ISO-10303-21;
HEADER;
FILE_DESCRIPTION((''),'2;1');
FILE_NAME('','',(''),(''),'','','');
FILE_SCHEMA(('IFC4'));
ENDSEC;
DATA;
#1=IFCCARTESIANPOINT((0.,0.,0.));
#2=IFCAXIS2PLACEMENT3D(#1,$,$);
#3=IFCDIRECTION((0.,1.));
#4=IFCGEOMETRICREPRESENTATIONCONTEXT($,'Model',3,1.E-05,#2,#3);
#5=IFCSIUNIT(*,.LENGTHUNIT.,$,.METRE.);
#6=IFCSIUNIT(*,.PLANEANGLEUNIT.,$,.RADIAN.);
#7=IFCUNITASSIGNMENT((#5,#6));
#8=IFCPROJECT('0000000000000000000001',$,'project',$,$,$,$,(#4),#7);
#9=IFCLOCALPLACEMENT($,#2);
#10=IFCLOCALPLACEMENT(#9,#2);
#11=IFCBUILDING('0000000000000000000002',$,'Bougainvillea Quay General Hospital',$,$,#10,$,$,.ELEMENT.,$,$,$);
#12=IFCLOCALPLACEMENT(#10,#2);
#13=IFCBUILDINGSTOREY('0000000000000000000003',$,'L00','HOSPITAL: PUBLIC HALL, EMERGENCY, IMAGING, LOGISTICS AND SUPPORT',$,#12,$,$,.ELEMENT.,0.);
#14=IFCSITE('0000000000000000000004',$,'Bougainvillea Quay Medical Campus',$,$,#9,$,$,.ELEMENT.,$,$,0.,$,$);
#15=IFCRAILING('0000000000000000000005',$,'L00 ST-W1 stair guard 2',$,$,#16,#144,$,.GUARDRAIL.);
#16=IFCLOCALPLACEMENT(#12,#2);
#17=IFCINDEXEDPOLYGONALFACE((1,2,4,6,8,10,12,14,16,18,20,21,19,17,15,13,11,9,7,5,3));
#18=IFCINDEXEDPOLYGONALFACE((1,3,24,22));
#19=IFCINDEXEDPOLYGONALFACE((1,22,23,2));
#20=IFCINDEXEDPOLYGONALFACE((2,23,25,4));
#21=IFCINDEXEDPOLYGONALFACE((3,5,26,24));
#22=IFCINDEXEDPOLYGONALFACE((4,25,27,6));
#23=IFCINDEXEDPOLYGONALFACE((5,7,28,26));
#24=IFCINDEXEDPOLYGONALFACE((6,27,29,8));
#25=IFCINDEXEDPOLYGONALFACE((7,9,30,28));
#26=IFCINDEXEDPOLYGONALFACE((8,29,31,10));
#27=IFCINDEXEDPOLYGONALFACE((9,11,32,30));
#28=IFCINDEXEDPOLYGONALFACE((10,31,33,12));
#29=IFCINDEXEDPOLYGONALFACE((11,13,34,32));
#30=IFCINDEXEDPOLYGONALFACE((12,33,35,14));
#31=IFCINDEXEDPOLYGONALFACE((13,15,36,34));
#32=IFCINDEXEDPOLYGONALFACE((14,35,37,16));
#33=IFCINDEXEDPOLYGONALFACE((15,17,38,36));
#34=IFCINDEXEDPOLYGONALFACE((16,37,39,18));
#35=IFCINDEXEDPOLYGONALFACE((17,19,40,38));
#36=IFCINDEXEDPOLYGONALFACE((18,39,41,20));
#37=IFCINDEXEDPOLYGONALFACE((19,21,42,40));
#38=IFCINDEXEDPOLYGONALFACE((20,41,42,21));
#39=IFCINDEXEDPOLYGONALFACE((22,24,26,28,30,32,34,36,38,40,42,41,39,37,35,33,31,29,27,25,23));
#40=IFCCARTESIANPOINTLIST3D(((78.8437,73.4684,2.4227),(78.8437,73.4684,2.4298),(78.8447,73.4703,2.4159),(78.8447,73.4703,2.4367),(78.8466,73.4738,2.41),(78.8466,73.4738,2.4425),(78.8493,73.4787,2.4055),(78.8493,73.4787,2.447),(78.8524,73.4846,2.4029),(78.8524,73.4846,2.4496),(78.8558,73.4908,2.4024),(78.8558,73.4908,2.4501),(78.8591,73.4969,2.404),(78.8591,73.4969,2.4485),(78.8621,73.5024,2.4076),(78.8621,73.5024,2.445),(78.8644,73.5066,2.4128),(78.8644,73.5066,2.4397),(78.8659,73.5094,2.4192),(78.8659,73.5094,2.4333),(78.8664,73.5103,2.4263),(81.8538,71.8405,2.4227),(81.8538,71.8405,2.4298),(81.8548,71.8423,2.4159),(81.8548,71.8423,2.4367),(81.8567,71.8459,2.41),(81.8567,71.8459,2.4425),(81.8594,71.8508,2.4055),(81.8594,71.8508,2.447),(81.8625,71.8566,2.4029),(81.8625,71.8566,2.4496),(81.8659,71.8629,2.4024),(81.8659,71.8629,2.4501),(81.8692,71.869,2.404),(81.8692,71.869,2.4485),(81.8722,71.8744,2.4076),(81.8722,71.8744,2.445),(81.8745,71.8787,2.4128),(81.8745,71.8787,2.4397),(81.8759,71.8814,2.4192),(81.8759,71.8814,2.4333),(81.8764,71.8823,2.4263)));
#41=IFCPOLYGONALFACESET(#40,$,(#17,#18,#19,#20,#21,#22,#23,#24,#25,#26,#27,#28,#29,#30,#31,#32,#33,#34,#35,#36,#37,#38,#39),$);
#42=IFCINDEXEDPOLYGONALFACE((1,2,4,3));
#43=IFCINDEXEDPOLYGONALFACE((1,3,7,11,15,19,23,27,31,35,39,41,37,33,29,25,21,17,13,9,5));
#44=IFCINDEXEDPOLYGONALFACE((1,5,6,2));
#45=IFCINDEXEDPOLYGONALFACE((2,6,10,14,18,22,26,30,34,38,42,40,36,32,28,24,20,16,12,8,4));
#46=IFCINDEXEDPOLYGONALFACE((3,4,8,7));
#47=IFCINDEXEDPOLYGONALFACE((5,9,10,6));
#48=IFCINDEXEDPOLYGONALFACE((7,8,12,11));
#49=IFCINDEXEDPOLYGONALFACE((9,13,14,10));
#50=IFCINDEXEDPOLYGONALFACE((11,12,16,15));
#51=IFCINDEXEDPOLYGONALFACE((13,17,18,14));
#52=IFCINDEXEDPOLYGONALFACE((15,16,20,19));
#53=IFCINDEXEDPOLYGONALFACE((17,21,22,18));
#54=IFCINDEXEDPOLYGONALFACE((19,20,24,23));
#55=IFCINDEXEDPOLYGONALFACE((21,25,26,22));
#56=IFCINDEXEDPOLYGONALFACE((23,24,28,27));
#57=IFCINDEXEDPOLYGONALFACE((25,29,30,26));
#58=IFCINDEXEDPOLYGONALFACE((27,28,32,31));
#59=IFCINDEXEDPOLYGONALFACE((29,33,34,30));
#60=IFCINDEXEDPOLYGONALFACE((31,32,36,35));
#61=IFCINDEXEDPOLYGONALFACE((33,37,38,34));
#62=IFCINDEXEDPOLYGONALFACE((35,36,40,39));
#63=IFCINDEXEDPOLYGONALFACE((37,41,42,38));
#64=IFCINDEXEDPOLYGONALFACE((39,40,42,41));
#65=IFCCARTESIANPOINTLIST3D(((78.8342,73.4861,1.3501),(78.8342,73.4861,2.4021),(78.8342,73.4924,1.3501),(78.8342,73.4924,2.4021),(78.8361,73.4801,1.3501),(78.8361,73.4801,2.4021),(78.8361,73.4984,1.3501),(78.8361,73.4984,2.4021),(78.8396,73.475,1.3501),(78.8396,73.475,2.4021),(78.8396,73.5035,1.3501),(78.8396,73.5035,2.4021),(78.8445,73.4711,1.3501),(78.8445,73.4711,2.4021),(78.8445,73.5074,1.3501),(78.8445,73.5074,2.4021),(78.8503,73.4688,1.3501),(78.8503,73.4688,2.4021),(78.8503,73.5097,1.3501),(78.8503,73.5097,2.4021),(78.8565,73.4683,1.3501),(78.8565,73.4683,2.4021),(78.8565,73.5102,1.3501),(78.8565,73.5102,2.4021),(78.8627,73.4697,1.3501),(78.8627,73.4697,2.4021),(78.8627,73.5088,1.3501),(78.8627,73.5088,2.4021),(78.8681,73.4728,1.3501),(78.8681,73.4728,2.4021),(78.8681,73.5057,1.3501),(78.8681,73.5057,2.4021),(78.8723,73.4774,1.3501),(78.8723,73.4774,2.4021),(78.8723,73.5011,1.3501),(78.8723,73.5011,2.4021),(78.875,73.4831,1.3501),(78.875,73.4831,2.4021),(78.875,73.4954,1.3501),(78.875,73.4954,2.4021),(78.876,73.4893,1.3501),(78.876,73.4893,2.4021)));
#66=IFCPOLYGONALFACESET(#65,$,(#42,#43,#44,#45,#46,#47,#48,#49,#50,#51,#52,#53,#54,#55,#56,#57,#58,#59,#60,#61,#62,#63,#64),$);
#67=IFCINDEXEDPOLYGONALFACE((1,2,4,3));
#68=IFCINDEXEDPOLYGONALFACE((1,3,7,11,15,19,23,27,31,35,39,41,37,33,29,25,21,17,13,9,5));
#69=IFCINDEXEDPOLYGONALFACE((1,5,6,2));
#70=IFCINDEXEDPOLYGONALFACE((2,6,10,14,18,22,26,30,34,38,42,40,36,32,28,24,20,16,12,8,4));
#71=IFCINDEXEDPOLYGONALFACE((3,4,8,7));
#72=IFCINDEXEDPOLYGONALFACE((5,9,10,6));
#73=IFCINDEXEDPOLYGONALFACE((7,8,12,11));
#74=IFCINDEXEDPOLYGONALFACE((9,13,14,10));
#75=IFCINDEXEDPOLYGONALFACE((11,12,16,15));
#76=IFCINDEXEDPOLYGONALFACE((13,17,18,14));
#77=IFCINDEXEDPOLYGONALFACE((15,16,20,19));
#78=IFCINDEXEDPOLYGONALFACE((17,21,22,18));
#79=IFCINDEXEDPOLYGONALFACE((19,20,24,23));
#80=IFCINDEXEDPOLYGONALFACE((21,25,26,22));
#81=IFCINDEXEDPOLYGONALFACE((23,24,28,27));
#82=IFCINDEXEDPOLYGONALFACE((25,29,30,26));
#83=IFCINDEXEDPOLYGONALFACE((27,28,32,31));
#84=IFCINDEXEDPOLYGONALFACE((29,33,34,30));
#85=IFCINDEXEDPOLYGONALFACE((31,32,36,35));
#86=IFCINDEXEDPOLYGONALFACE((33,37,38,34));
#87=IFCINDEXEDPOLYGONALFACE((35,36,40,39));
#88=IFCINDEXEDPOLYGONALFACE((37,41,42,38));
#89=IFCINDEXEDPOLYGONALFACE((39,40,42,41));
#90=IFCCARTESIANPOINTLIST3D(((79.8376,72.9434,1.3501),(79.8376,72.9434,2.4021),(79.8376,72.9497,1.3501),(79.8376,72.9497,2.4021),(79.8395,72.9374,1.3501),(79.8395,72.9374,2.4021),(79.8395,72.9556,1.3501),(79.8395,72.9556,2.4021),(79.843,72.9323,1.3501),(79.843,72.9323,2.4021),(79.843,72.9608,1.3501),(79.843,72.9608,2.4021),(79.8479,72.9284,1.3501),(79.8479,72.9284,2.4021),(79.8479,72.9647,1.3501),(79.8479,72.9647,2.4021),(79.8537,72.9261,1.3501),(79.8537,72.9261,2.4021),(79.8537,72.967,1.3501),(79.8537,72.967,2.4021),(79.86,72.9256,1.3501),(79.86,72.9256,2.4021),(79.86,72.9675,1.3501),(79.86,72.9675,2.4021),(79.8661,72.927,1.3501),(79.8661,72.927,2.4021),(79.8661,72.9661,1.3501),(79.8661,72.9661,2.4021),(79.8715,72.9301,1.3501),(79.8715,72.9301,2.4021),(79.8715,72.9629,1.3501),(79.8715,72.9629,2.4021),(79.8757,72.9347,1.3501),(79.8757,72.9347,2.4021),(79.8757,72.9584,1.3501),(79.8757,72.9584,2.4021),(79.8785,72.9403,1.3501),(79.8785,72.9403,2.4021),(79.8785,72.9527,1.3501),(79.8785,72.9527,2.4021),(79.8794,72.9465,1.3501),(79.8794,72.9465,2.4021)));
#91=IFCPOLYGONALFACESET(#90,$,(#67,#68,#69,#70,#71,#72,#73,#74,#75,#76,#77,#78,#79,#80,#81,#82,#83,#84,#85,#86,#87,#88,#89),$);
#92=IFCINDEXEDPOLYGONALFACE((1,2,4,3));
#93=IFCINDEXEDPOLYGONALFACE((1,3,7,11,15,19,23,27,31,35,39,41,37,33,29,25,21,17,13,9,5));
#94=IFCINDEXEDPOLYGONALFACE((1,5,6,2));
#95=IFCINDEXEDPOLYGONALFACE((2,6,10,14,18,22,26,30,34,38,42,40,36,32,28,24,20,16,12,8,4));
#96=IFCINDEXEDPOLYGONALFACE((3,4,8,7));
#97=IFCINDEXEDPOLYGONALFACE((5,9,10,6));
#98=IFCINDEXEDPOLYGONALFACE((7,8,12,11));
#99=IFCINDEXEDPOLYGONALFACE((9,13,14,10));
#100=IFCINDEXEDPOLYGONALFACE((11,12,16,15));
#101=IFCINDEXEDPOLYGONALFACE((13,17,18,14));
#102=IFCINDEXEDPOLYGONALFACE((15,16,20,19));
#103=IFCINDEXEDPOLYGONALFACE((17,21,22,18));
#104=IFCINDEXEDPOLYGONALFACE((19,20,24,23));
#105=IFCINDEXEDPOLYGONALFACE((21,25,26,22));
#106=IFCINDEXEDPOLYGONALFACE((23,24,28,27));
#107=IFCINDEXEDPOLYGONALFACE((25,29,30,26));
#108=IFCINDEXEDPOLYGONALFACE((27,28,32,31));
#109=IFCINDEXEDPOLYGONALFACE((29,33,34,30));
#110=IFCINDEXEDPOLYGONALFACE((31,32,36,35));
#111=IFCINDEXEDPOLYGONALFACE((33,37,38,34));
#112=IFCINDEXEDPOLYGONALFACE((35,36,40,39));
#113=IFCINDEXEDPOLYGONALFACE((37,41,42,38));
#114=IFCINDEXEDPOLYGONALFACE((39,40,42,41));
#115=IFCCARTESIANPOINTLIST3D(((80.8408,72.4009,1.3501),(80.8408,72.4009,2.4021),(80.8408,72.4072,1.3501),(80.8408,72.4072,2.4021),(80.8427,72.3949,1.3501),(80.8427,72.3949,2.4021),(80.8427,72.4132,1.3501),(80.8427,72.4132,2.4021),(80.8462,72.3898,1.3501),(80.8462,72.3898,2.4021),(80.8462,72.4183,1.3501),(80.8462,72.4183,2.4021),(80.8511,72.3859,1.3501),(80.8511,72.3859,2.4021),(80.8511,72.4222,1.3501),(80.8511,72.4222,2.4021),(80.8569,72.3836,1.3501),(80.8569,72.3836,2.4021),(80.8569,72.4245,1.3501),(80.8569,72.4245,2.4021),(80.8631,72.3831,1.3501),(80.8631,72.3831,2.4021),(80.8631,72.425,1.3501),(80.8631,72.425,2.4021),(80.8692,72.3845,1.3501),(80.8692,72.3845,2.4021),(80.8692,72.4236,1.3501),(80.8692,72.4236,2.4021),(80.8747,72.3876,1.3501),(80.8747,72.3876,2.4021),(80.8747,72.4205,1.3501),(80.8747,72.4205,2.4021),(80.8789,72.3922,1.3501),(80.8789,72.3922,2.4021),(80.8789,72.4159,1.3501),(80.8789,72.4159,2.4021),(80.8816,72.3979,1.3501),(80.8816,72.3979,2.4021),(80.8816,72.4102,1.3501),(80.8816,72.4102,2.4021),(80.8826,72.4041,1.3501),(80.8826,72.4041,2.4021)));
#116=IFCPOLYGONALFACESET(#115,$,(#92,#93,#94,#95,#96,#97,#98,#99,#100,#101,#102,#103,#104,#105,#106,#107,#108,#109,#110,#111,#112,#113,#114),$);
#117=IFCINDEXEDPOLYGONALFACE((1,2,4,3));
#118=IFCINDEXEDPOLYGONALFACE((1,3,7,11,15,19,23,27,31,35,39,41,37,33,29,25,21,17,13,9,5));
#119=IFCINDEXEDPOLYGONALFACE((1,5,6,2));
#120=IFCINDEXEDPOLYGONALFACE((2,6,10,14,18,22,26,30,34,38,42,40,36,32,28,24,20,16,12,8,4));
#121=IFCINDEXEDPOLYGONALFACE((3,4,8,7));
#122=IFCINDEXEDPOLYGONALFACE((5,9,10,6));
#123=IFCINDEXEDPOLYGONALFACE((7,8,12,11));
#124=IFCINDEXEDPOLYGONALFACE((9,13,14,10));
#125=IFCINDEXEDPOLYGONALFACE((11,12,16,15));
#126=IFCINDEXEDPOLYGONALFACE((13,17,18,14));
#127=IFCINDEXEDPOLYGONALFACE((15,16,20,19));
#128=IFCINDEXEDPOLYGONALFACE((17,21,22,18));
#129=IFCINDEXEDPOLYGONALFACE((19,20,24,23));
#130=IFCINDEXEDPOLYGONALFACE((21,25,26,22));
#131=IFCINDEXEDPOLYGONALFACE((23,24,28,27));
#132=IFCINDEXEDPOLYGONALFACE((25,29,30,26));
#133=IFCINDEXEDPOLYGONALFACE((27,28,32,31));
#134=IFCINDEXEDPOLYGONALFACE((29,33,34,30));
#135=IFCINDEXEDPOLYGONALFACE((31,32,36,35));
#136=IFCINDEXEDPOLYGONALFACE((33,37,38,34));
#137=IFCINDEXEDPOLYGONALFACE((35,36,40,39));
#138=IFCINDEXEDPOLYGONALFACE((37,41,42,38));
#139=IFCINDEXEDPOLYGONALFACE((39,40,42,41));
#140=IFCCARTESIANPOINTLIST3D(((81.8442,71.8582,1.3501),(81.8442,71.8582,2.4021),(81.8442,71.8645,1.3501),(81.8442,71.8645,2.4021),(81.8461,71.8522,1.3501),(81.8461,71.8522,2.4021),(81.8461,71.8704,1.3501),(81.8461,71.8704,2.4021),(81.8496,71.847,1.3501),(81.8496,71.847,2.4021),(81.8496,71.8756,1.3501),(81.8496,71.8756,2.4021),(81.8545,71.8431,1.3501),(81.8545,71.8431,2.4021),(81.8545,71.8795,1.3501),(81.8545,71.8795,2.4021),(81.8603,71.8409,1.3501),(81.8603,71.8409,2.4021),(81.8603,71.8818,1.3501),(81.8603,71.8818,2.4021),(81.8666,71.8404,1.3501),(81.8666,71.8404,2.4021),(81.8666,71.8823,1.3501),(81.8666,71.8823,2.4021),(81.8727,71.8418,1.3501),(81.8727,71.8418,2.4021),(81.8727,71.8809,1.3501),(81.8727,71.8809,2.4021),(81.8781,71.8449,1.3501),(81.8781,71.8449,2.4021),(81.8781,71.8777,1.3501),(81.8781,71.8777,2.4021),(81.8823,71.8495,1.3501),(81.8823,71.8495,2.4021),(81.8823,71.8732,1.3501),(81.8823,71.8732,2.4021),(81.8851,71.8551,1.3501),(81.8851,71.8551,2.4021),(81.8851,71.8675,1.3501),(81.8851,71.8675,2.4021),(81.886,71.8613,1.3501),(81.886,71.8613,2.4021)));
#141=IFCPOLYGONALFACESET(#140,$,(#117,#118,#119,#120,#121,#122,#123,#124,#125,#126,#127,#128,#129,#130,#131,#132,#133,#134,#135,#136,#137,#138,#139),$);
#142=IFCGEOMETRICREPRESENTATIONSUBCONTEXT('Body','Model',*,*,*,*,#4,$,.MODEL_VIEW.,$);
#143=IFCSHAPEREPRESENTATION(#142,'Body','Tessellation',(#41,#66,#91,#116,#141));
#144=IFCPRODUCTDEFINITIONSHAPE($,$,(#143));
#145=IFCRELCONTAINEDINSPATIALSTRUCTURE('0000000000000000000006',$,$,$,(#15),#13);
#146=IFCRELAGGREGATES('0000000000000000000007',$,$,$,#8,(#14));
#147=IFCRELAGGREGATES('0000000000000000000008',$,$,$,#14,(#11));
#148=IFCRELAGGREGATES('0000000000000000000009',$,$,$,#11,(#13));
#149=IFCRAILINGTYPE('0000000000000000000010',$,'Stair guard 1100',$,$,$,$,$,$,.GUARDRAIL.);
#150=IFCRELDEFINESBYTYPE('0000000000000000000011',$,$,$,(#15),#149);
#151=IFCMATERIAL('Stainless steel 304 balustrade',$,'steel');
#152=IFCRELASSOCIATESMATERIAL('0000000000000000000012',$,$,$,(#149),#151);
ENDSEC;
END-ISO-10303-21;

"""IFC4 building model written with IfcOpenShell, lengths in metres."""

from ifc_helpers import new_model, si_unit, direction, frame, origin, origin_2d, place, context, subcontext, project, spatial, circle, extrude, material, type_object, element, save


model = new_model("IFC4")

# Units and contexts
model_context = context("Model", 3, precision=1e-05, world=origin(), true_north=direction((0.0, 1.0)))
body_context = subcontext(model_context, "Body", "Model", "MODEL_VIEW")
ifc_project = project(units=[si_unit("LENGTHUNIT", "METRE"), si_unit("PLANEANGLEUNIT", "RADIAN")], contexts=[model_context])

# Site, building, storey
site_placement = place(None, origin())
site = spatial("IfcSite", under=ifc_project, at=site_placement, Name="Bougainvillea Quay Medical Campus", CompositionType="ELEMENT", RefElevation=0.0)
building_placement = place(site_placement, origin())
building = spatial("IfcBuilding", under=site, at=building_placement, Name="Bougainvillea Quay General Hospital", CompositionType="ELEMENT")
storey_placement = place(building_placement, origin())
storey = spatial("IfcBuildingStorey", under=building, at=storey_placement, Name="L00", Description="HOSPITAL: PUBLIC HALL, EMERGENCY, IMAGING, LOGISTICS AND SUPPORT", CompositionType="ELEMENT", Elevation=0.0)

# Railing
ifc_material_1 = material(Name="Stainless steel 304 balustrade", Category="steel")
railing_type_1 = type_object("IfcRailingType", Name="Stair guard 1100", PredefinedType="GUARDRAIL", material=ifc_material_1)
railing_1_placement = place(storey_placement, frame((78.855, 73.4893, 1.3501)))
element("IfcRailing", 1, at=railing_1_placement, inside=storey, type_object=railing_type_1, Name="L00 ST-W1 stair guard 2", PredefinedType="GUARDRAIL", context=body_context, shape_type="SweptSolid", body=[
    extrude(circle(Radius=0.0239, at=origin_2d()), frame((0.0, 0.0, 1.0762), z_axis=(0.879597, -0.47572, 0.0), x_axis=(0.47572, 0.879597, 0.0)), (0.0, 0.0, 1.0), 3.4221),
    extrude(circle(Radius=0.021, at=origin_2d()), origin(), (0.0, 0.0, 1.0), 1.052),
    extrude(circle(Radius=0.021, at=origin_2d()), frame((1.0034, -0.5427, 0.0)), (0.0, 0.0, 1.0), 1.052),
    extrude(circle(Radius=0.021, at=origin_2d()), frame((2.0066, -1.0852, 0.0)), (0.0, 0.0, 1.0), 1.052),
    extrude(circle(Radius=0.021, at=origin_2d()), frame((3.01, -1.6279, 0.0)), (0.0, 0.0, 1.0), 1.052),
])

save(model, "model.ifc")
